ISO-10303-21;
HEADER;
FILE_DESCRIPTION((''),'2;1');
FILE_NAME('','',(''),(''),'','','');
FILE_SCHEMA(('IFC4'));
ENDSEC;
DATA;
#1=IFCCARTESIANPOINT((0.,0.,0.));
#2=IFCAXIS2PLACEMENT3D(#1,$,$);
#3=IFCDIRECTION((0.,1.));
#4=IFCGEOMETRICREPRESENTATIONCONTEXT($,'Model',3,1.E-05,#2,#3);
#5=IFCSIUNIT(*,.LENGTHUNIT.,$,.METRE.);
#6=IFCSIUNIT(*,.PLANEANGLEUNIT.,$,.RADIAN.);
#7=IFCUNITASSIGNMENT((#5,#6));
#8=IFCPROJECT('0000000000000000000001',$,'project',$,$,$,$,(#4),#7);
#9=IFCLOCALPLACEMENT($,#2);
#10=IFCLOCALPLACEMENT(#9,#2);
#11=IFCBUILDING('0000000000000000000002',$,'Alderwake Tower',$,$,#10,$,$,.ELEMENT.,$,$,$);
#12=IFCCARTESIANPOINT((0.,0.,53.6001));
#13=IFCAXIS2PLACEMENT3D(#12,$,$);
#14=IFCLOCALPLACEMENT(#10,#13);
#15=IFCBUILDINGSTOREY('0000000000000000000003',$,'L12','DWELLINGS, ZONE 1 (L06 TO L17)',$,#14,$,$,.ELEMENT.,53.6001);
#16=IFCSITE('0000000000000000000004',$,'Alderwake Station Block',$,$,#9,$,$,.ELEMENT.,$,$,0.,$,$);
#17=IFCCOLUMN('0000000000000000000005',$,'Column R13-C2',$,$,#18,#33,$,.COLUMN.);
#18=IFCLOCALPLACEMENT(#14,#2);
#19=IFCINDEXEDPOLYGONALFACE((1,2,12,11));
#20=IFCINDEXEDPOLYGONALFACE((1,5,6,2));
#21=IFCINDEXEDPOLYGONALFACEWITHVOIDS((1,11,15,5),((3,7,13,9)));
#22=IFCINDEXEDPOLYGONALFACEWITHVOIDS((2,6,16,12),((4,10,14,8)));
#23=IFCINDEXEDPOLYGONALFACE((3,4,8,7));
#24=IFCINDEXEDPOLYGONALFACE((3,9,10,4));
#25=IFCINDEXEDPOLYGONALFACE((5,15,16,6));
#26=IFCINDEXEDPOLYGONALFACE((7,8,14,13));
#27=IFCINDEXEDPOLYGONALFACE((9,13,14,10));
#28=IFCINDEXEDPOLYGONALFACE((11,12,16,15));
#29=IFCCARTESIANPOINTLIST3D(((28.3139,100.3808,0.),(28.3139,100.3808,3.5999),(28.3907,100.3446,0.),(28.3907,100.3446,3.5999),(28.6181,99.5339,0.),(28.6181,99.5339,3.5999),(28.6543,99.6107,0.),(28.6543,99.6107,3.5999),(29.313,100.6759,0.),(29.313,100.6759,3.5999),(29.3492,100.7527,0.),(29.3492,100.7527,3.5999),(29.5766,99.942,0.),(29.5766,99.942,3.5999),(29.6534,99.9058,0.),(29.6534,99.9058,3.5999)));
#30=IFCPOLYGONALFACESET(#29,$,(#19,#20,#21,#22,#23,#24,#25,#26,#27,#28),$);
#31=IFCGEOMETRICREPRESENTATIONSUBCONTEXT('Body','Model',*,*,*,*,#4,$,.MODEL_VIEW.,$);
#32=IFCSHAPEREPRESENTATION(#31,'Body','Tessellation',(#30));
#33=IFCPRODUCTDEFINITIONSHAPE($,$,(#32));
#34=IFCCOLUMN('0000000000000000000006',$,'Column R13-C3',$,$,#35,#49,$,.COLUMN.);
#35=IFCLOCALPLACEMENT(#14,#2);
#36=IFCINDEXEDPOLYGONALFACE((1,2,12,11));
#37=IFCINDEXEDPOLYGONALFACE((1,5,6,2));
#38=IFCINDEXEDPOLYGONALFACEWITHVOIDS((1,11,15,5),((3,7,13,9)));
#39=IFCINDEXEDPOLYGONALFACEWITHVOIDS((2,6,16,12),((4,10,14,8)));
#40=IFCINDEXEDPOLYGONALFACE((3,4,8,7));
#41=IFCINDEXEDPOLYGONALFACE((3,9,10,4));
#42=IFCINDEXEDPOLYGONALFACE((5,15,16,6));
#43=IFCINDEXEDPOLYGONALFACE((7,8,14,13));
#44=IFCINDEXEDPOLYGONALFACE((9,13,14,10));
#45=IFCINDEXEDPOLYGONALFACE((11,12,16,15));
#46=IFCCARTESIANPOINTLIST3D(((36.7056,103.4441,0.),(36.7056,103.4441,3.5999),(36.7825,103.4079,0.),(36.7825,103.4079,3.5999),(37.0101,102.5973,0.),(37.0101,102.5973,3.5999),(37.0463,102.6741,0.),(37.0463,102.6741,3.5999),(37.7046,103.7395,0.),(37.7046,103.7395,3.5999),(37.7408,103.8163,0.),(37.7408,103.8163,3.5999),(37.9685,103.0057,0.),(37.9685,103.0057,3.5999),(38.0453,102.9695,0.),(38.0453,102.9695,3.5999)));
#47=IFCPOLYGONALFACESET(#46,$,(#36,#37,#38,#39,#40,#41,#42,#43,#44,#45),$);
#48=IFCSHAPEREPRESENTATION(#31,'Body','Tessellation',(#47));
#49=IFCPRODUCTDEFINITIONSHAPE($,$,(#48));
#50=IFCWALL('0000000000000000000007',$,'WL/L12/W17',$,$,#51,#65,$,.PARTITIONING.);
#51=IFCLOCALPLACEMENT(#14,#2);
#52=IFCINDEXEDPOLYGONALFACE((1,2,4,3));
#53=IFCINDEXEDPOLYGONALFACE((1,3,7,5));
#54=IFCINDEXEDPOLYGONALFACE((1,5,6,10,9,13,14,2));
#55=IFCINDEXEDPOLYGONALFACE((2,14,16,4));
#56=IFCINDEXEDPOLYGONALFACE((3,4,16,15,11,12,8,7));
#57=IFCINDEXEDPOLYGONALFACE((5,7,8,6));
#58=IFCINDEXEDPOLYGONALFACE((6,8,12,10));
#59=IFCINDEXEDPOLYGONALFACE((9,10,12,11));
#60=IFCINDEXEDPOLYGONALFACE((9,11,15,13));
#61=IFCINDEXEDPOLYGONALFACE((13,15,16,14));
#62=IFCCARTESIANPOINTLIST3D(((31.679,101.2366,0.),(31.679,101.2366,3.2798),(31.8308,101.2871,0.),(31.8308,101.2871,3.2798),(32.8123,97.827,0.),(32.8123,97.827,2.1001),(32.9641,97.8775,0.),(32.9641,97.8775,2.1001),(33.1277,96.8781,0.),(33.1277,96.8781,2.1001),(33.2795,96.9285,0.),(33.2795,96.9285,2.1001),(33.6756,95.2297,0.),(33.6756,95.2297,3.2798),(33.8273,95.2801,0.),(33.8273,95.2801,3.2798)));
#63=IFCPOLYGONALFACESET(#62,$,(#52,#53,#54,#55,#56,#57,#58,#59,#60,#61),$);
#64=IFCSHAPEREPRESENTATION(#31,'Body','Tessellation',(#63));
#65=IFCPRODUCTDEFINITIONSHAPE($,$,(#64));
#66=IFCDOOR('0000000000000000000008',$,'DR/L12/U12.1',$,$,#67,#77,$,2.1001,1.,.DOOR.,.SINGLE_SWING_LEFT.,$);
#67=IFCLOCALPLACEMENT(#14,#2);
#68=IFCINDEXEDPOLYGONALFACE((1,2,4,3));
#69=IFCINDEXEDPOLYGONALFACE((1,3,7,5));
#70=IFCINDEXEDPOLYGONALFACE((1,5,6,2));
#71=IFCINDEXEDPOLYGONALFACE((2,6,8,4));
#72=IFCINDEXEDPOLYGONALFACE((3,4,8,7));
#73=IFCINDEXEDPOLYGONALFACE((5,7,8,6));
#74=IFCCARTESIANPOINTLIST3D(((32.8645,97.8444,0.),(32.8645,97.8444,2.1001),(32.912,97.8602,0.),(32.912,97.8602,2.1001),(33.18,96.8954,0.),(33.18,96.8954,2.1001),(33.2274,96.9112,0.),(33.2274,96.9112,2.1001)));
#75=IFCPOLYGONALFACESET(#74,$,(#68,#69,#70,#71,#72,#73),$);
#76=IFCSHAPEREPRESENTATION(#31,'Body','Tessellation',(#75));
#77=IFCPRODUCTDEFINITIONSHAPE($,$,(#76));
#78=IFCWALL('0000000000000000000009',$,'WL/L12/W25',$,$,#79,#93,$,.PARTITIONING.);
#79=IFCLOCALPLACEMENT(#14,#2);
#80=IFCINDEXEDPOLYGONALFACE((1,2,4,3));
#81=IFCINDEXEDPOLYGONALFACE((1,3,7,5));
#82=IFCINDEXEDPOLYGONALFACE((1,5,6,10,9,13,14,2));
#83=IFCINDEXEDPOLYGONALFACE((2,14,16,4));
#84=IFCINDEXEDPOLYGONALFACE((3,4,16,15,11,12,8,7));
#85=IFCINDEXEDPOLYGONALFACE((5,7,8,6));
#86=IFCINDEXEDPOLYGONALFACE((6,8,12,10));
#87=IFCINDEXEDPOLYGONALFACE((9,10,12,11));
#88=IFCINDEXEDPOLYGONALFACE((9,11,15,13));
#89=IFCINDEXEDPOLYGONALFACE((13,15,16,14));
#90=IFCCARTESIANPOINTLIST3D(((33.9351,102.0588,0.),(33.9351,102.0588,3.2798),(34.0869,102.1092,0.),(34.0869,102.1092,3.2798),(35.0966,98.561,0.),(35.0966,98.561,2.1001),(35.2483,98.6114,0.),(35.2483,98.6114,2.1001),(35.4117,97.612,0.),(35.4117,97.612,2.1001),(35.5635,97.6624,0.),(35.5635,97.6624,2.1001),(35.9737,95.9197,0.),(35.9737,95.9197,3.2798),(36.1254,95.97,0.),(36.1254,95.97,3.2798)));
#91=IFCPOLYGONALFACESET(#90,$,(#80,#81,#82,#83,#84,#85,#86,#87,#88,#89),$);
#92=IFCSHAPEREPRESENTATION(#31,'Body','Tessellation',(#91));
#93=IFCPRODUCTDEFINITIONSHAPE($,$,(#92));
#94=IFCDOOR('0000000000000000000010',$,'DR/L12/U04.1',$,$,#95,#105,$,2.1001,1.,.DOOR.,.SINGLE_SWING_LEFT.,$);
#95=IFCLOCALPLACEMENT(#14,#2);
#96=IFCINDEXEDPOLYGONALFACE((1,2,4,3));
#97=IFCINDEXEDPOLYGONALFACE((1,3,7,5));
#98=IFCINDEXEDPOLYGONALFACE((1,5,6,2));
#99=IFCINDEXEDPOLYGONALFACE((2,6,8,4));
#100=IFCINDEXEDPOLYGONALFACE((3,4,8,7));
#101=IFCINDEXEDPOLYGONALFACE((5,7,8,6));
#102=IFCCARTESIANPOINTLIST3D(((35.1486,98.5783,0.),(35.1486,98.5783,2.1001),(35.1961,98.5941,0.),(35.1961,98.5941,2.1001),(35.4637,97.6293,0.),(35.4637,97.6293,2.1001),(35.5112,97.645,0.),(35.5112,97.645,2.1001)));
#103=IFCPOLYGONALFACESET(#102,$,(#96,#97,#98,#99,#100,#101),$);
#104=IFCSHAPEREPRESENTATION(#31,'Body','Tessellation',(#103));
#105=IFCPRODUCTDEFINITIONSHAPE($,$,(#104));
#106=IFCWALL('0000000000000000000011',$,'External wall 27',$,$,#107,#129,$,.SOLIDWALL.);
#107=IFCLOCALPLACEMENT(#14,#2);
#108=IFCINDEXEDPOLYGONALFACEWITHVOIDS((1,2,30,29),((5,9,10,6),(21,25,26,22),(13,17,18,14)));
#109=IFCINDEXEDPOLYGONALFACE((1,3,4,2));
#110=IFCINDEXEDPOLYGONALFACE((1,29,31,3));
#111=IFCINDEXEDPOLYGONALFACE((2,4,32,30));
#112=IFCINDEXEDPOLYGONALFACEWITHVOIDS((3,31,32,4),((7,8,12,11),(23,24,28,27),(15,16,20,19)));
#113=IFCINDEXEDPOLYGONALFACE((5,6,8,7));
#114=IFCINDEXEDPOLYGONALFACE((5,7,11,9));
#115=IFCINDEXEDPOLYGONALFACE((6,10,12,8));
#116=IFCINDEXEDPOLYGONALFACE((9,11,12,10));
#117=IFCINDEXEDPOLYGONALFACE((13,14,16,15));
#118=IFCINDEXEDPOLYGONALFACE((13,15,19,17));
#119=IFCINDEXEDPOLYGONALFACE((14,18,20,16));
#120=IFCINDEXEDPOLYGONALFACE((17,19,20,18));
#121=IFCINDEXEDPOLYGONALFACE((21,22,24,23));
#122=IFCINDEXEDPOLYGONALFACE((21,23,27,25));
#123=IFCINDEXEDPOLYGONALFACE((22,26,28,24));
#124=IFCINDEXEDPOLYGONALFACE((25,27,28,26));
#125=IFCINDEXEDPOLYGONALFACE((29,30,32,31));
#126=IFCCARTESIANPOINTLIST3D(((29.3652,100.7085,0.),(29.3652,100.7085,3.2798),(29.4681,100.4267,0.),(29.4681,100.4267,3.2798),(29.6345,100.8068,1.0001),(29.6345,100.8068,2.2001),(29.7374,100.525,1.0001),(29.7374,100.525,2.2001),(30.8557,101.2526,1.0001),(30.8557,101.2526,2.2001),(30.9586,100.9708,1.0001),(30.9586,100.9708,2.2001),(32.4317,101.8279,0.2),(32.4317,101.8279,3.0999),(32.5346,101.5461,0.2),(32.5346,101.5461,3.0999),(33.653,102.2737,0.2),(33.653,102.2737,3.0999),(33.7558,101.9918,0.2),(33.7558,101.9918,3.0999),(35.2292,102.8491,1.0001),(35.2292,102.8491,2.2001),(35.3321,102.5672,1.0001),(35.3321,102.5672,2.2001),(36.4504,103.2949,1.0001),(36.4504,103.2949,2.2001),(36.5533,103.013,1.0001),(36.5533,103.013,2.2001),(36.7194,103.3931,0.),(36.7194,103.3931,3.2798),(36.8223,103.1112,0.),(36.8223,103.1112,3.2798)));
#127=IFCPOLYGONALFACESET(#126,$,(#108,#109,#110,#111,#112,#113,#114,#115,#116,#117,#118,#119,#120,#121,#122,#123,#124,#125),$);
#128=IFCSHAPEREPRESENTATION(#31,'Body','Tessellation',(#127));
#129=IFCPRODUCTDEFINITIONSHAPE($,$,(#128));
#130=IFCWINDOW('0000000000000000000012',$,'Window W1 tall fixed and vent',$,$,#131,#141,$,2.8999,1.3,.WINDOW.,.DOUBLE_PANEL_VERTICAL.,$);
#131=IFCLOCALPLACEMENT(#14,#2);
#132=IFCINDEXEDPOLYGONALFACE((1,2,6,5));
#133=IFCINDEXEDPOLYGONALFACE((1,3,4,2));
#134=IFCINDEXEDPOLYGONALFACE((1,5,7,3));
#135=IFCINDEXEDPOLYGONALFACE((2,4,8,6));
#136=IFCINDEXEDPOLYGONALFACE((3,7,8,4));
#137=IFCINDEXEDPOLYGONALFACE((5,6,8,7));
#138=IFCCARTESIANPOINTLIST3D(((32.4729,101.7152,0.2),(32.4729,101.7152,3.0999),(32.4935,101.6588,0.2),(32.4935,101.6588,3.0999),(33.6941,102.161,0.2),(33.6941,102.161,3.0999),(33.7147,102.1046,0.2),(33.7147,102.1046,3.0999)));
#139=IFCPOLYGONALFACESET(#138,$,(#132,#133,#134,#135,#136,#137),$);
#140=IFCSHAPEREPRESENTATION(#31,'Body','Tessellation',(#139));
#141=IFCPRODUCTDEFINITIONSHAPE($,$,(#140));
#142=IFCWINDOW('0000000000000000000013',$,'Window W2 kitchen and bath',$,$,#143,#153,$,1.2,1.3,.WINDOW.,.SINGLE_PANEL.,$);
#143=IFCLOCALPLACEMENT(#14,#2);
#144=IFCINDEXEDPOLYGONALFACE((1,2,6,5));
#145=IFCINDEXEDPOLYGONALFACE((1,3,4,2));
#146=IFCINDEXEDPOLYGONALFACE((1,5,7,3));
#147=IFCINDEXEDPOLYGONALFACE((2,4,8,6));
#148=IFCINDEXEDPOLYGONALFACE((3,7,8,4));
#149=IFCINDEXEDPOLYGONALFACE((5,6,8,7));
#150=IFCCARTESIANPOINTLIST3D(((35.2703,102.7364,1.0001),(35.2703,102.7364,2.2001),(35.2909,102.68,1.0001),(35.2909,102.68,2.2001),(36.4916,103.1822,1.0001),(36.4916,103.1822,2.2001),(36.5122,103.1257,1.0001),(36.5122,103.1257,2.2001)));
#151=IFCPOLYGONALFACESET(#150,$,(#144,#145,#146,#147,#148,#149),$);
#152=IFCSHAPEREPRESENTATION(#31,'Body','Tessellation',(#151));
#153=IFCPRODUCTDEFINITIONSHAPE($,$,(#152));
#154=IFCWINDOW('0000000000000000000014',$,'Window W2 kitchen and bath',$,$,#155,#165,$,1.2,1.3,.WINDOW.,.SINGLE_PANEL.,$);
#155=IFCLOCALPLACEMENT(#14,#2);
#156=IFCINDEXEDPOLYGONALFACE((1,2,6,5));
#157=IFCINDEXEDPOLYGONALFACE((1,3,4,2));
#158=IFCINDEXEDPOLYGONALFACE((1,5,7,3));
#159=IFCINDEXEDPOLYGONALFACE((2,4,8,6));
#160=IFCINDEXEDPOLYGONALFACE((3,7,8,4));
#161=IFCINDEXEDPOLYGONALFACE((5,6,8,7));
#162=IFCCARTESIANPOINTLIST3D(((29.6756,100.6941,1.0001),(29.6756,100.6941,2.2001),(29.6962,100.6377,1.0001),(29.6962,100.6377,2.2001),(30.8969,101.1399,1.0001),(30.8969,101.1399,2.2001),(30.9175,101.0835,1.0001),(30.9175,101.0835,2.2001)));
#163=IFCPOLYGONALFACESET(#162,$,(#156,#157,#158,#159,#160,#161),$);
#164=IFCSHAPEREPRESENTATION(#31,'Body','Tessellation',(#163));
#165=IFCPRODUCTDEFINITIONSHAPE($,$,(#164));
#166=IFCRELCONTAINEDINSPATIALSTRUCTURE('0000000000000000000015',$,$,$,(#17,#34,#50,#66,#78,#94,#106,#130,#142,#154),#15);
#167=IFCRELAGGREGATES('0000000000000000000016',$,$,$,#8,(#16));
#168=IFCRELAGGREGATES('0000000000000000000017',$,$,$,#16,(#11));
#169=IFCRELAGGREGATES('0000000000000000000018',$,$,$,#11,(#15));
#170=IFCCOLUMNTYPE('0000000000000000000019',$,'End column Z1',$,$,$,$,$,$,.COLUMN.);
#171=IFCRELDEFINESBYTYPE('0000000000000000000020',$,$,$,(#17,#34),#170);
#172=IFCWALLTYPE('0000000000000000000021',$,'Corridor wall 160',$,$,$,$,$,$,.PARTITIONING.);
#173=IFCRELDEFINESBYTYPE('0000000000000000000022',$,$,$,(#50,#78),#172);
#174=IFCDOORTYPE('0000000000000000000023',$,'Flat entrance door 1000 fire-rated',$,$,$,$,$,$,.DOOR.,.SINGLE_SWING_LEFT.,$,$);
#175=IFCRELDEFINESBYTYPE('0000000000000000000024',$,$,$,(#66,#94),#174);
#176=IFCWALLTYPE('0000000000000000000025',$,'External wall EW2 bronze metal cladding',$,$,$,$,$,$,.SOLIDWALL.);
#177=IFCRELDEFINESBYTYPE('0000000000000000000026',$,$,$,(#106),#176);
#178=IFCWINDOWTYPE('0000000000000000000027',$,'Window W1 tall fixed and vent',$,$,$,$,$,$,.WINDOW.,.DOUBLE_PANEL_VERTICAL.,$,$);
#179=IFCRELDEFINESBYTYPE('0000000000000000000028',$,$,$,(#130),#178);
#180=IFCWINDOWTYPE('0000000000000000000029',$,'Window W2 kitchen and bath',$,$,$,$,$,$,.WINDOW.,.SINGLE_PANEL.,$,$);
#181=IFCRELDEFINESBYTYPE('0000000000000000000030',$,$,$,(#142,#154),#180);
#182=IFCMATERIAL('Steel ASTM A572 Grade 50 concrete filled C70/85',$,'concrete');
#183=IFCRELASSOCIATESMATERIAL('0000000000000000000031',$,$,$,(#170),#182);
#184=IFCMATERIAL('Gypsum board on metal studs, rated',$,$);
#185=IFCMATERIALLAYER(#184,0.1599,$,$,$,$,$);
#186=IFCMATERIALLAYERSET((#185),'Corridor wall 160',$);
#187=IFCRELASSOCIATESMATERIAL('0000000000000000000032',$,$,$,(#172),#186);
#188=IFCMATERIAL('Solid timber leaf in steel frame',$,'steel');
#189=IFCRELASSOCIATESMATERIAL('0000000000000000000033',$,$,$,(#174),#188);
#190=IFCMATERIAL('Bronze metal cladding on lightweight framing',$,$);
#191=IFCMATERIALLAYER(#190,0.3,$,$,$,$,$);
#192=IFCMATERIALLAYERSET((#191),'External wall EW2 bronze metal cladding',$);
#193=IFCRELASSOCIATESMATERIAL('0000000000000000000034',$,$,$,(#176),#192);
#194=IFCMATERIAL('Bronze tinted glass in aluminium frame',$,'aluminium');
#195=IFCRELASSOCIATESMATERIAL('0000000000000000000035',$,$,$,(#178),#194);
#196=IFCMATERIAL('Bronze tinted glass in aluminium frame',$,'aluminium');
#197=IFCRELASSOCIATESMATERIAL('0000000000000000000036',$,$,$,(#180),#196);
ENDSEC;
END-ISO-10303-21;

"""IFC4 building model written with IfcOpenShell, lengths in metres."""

from ifc_helpers import new_model, si_unit, direction, frame, frame_2d, origin, origin_2d, place, context, subcontext, project, spatial, rectangle, hollow_rectangle, extrude, material, layer, layer_set, material_profile, profile_set, type_object, element, fill, save


model = new_model("IFC4")

# Units and contexts
model_context = context("Model", 3, precision=1e-05, world=origin(), true_north=direction((0.0, 1.0)))
body_context = subcontext(model_context, "Body", "Model", "MODEL_VIEW")
ifc_project = project(units=[si_unit("LENGTHUNIT", "METRE"), si_unit("PLANEANGLEUNIT", "RADIAN")], contexts=[model_context])

# Site, building, storey
site_placement = place(None, origin())
site = spatial("IfcSite", under=ifc_project, at=site_placement, Name="Alderwake Station Block", CompositionType="ELEMENT", RefElevation=0.0)
building_placement = place(site_placement, origin())
building = spatial("IfcBuilding", under=site, at=building_placement, Name="Alderwake Tower", CompositionType="ELEMENT")
storey_placement = place(building_placement, frame((0.0, 0.0, 53.6001)))
storey = spatial("IfcBuildingStorey", under=building, at=storey_placement, Name="L12", Description="DWELLINGS, ZONE 1 (L06 TO L17)", CompositionType="ELEMENT", Elevation=53.6001)

# Columns
ifc_material_1 = material(Name="Steel ASTM A572 Grade 50 concrete filled C70/85", Category="concrete")
ifc_material_profile_1 = material_profile(ifc_material_1, hollow_rectangle(XDim=0.8999, YDim=1.1001, WallThickness=0.0601, at=origin_2d()), Name="BOX 1100X900X60")
ifc_profile_set_1 = profile_set([ifc_material_profile_1], Name="Steel ASTM A572 Grade 50 concrete filled C70/85")
column_type = type_object("IfcColumnType", Name="End column Z1", PredefinedType="COLUMN", material=ifc_profile_set_1)
for number, where, z_axis, x_axis, name in (
    (1, (28.9836, 100.1433, 0.0), (0.0, 0.0, 1.0), (-0.338027, 0.941136, 0.0), "Column R13-C2"),
    (2, (37.3755, 103.2068, 0.0), (0.0, 0.0, 1.0), (-0.338375, 0.941011, 0.0), "Column R13-C3"),
):
    element("IfcColumn", number, at=place(storey_placement, frame(where, z_axis=z_axis, x_axis=x_axis)), inside=storey, type_object=column_type, Name=name, PredefinedType="COLUMN", context=body_context, shape_type="SweptSolid", body=[
        extrude(hollow_rectangle(XDim=0.8999, YDim=1.1001, WallThickness=0.0601, at=origin_2d()), origin(), (0.0, 0.0, 1.0), 3.5999),
    ])

# Walls, openings, doors
ifc_material_2 = material(Name="Gypsum board on metal studs, rated")
ifc_layer_1 = layer(ifc_material_2, 0.1599)
ifc_layer_set_1 = layer_set([ifc_layer_1], Name="Corridor wall 160")
wall_type_1 = type_object("IfcWallType", Name="Corridor wall 160", PredefinedType="PARTITIONING", material=ifc_layer_set_1)
wall_1_placement = place(storey_placement, frame((33.7515, 95.2549, 0.0), z_axis=(0.0, 0.0, 1.0), x_axis=(-0.315406, 0.948957, 0.0)))
wall_1 = element("IfcWall", 3, at=wall_1_placement, inside=storey, type_object=wall_type_1, Name="WL/L12/W17", PredefinedType="PARTITIONING", context=body_context, shape_type="SweptSolid", body=[
    extrude(rectangle(XDim=6.3301, YDim=0.1599, at=frame_2d((3.165, 0.0))), origin(), (0.0, 0.0, 1.0), 3.2798),
])
opening_1_placement = place(wall_1_placement, frame((1.7371, 0.0, 0.0)))
opening_1 = element("IfcOpeningElement", 4, at=opening_1_placement, cuts=wall_1, PredefinedType="OPENING", context=body_context, shape_type="SweptSolid", body=[
    extrude(rectangle(XDim=1.0, YDim=2.1001, at=frame_2d((0.5, 1.05))), frame((0.0, 0.0898, 0.0), z_axis=(0.0, -1.0, 0.0), x_axis=(1.0, 0.0, 0.0)), (0.0, 0.0, 1.0), 0.1799),
])
ifc_material_3 = material(Name="Solid timber leaf in steel frame", Category="steel")
door_type_1 = type_object("IfcDoorType", Name="Flat entrance door 1000 fire-rated", OperationType="SINGLE_SWING_LEFT", PredefinedType="DOOR", material=ifc_material_3)
door_1_placement = place(opening_1_placement, origin())
door_1 = element("IfcDoor", 5, at=door_1_placement, inside=storey, type_object=door_type_1, Name="DR/L12/U12.1", OperationType="SINGLE_SWING_LEFT", OverallHeight=2.1001, OverallWidth=1.0, PredefinedType="DOOR", context=body_context, shape_type="SweptSolid", body=[
    extrude(rectangle(XDim=1.0, YDim=2.1001, at=frame_2d((0.5, 1.05))), frame((0.0, 0.0249, 0.0), z_axis=(0.0, -1.0, 0.0), x_axis=(1.0, 0.0, 0.0)), (0.0, 0.0, 1.0), 0.05),
])
fill(opening_1, door_1)
wall_2_placement = place(storey_placement, frame((34.011, 102.084, 0.0), z_axis=(0.0, 0.0, 1.0), x_axis=(0.315141, -0.949045, 0.0)))
wall_2 = element("IfcWall", 6, at=wall_2_placement, inside=storey, type_object=wall_type_1, Name="WL/L12/W25", PredefinedType="PARTITIONING", context=body_context, shape_type="SweptSolid", body=[
    extrude(rectangle(XDim=6.4688, YDim=0.1599, at=frame_2d((3.2344, 0.0))), origin(), (0.0, 0.0, 1.0), 3.2798),
])
opening_2_placement = place(wall_2_placement, frame((3.6855, 0.0, 0.0)))
opening_2 = element("IfcOpeningElement", 7, at=opening_2_placement, cuts=wall_2, PredefinedType="OPENING", context=body_context, shape_type="SweptSolid", body=[
    extrude(rectangle(XDim=1.0, YDim=2.1001, at=frame_2d((0.5, 1.05))), frame((0.0, 0.0898, 0.0), z_axis=(0.0, -1.0, 0.0), x_axis=(1.0, 0.0, 0.0)), (0.0, 0.0, 1.0), 0.1799),
])
door_2_placement = place(opening_2_placement, origin())
door_2 = element("IfcDoor", 8, at=door_2_placement, inside=storey, type_object=door_type_1, Name="DR/L12/U04.1", OperationType="SINGLE_SWING_LEFT", OverallHeight=2.1001, OverallWidth=1.0, PredefinedType="DOOR", context=body_context, shape_type="SweptSolid", body=[
    extrude(rectangle(XDim=1.0, YDim=2.1001, at=frame_2d((0.5, 1.05))), frame((0.0, 0.0249, 0.0), z_axis=(0.0, -1.0, 0.0), x_axis=(1.0, 0.0, 0.0)), (0.0, 0.0, 1.0), 0.05),
])
fill(opening_2, door_2)

# Wall, openings, windows
ifc_material_4 = material(Name="Bronze metal cladding on lightweight framing")
ifc_layer_2 = layer(ifc_material_4, 0.3)
ifc_layer_set_2 = layer_set([ifc_layer_2], Name="External wall EW2 bronze metal cladding")
wall_type_2 = type_object("IfcWallType", Name="External wall EW2 bronze metal cladding", PredefinedType="SOLIDWALL", material=ifc_layer_set_2)
wall_3_placement = place(storey_placement, frame((36.771, 103.2522, 0.0), z_axis=(0.0, 0.0, 1.0), x_axis=(-0.93937, -0.342905, 0.0)))
wall_3 = element("IfcWall", 9, at=wall_3_placement, inside=storey, type_object=wall_type_2, Name="External wall 27", PredefinedType="SOLIDWALL", context=body_context, shape_type="SweptSolid", body=[
    extrude(rectangle(XDim=7.8289, YDim=0.3, at=frame_2d((3.9146, 0.0))), origin(), (0.0, 0.0, 1.0), 3.2798),
])
opening_3_placement = place(wall_3_placement, frame((0.2866, 0.0, 1.0)))
opening_3 = element("IfcOpeningElement", 10, at=opening_3_placement, cuts=wall_3, PredefinedType="OPENING", context=body_context, shape_type="SweptSolid", body=[
    extrude(rectangle(XDim=1.3, YDim=1.2, at=frame_2d((0.6499, 0.6001))), frame((0.0, 0.1599, 0.0), z_axis=(0.0, -1.0, 0.0), x_axis=(1.0, 0.0, 0.0)), (0.0, 0.0, 1.0), 0.3201),
])
opening_4_placement = place(wall_3_placement, frame((3.2646, 0.0, 0.2)))
opening_4 = element("IfcOpeningElement", 11, at=opening_4_placement, cuts=wall_3, PredefinedType="OPENING", context=body_context, shape_type="SweptSolid", body=[
    extrude(rectangle(XDim=1.3, YDim=2.8999, at=frame_2d((0.6499, 1.45))), frame((0.0, 0.1599, 0.0), z_axis=(0.0, -1.0, 0.0), x_axis=(1.0, 0.0, 0.0)), (0.0, 0.0, 1.0), 0.3201),
])
opening_5_placement = place(wall_3_placement, frame((6.2424, 0.0, 1.0)))
opening_5 = element("IfcOpeningElement", 12, at=opening_5_placement, cuts=wall_3, PredefinedType="OPENING", context=body_context, shape_type="SweptSolid", body=[
    extrude(rectangle(XDim=1.3, YDim=1.2, at=frame_2d((0.6499, 0.6001))), frame((0.0, 0.1599, 0.0), z_axis=(0.0, -1.0, 0.0), x_axis=(1.0, 0.0, 0.0)), (0.0, 0.0, 1.0), 0.3201),
])
ifc_material_5 = material(Name="Bronze tinted glass in aluminium frame", Category="aluminium")
window_type_1 = type_object("IfcWindowType", Name="Window W1 tall fixed and vent", PartitioningType="DOUBLE_PANEL_VERTICAL", PredefinedType="WINDOW", material=ifc_material_5)
window_1_placement = place(opening_4_placement, origin())
window_1 = element("IfcWindow", 13, at=window_1_placement, inside=storey, type_object=window_type_1, Name="Window W1 tall fixed and vent", OverallHeight=2.8999, OverallWidth=1.3, PartitioningType="DOUBLE_PANEL_VERTICAL", PredefinedType="WINDOW", context=body_context, shape_type="SweptSolid", body=[
    extrude(rectangle(XDim=1.3, YDim=2.8999, at=frame_2d((0.6499, 1.45))), frame((0.0, 0.03, 0.0), z_axis=(0.0, -1.0, 0.0), x_axis=(1.0, 0.0, 0.0)), (0.0, 0.0, 1.0), 0.0601),
])
fill(opening_4, window_1)
ifc_material_6 = material(Name="Bronze tinted glass in aluminium frame", Category="aluminium")
window_type_2 = type_object("IfcWindowType", Name="Window W2 kitchen and bath", PartitioningType="SINGLE_PANEL", PredefinedType="WINDOW", material=ifc_material_6)
window_2_placement = place(opening_3_placement, origin())
window_2 = element("IfcWindow", 14, at=window_2_placement, inside=storey, type_object=window_type_2, Name="Window W2 kitchen and bath", OverallHeight=1.2, OverallWidth=1.3, PartitioningType="SINGLE_PANEL", PredefinedType="WINDOW", context=body_context, shape_type="SweptSolid", body=[
    extrude(rectangle(XDim=1.3, YDim=1.2, at=frame_2d((0.6499, 0.6001))), frame((0.0, 0.03, 0.0), z_axis=(0.0, -1.0, 0.0), x_axis=(1.0, 0.0, 0.0)), (0.0, 0.0, 1.0), 0.0601),
])
fill(opening_3, window_2)
window_3_placement = place(opening_5_placement, origin())
window_3 = element("IfcWindow", 15, at=window_3_placement, inside=storey, type_object=window_type_2, Name="Window W2 kitchen and bath", OverallHeight=1.2, OverallWidth=1.3, PartitioningType="SINGLE_PANEL", PredefinedType="WINDOW", context=body_context, shape_type="SweptSolid", body=[
    extrude(rectangle(XDim=1.3, YDim=1.2, at=frame_2d((0.6499, 0.6001))), frame((0.0, 0.03, 0.0), z_axis=(0.0, -1.0, 0.0), x_axis=(1.0, 0.0, 0.0)), (0.0, 0.0, 1.0), 0.0601),
])
fill(opening_5, window_3)

save(model, "model.ifc")
